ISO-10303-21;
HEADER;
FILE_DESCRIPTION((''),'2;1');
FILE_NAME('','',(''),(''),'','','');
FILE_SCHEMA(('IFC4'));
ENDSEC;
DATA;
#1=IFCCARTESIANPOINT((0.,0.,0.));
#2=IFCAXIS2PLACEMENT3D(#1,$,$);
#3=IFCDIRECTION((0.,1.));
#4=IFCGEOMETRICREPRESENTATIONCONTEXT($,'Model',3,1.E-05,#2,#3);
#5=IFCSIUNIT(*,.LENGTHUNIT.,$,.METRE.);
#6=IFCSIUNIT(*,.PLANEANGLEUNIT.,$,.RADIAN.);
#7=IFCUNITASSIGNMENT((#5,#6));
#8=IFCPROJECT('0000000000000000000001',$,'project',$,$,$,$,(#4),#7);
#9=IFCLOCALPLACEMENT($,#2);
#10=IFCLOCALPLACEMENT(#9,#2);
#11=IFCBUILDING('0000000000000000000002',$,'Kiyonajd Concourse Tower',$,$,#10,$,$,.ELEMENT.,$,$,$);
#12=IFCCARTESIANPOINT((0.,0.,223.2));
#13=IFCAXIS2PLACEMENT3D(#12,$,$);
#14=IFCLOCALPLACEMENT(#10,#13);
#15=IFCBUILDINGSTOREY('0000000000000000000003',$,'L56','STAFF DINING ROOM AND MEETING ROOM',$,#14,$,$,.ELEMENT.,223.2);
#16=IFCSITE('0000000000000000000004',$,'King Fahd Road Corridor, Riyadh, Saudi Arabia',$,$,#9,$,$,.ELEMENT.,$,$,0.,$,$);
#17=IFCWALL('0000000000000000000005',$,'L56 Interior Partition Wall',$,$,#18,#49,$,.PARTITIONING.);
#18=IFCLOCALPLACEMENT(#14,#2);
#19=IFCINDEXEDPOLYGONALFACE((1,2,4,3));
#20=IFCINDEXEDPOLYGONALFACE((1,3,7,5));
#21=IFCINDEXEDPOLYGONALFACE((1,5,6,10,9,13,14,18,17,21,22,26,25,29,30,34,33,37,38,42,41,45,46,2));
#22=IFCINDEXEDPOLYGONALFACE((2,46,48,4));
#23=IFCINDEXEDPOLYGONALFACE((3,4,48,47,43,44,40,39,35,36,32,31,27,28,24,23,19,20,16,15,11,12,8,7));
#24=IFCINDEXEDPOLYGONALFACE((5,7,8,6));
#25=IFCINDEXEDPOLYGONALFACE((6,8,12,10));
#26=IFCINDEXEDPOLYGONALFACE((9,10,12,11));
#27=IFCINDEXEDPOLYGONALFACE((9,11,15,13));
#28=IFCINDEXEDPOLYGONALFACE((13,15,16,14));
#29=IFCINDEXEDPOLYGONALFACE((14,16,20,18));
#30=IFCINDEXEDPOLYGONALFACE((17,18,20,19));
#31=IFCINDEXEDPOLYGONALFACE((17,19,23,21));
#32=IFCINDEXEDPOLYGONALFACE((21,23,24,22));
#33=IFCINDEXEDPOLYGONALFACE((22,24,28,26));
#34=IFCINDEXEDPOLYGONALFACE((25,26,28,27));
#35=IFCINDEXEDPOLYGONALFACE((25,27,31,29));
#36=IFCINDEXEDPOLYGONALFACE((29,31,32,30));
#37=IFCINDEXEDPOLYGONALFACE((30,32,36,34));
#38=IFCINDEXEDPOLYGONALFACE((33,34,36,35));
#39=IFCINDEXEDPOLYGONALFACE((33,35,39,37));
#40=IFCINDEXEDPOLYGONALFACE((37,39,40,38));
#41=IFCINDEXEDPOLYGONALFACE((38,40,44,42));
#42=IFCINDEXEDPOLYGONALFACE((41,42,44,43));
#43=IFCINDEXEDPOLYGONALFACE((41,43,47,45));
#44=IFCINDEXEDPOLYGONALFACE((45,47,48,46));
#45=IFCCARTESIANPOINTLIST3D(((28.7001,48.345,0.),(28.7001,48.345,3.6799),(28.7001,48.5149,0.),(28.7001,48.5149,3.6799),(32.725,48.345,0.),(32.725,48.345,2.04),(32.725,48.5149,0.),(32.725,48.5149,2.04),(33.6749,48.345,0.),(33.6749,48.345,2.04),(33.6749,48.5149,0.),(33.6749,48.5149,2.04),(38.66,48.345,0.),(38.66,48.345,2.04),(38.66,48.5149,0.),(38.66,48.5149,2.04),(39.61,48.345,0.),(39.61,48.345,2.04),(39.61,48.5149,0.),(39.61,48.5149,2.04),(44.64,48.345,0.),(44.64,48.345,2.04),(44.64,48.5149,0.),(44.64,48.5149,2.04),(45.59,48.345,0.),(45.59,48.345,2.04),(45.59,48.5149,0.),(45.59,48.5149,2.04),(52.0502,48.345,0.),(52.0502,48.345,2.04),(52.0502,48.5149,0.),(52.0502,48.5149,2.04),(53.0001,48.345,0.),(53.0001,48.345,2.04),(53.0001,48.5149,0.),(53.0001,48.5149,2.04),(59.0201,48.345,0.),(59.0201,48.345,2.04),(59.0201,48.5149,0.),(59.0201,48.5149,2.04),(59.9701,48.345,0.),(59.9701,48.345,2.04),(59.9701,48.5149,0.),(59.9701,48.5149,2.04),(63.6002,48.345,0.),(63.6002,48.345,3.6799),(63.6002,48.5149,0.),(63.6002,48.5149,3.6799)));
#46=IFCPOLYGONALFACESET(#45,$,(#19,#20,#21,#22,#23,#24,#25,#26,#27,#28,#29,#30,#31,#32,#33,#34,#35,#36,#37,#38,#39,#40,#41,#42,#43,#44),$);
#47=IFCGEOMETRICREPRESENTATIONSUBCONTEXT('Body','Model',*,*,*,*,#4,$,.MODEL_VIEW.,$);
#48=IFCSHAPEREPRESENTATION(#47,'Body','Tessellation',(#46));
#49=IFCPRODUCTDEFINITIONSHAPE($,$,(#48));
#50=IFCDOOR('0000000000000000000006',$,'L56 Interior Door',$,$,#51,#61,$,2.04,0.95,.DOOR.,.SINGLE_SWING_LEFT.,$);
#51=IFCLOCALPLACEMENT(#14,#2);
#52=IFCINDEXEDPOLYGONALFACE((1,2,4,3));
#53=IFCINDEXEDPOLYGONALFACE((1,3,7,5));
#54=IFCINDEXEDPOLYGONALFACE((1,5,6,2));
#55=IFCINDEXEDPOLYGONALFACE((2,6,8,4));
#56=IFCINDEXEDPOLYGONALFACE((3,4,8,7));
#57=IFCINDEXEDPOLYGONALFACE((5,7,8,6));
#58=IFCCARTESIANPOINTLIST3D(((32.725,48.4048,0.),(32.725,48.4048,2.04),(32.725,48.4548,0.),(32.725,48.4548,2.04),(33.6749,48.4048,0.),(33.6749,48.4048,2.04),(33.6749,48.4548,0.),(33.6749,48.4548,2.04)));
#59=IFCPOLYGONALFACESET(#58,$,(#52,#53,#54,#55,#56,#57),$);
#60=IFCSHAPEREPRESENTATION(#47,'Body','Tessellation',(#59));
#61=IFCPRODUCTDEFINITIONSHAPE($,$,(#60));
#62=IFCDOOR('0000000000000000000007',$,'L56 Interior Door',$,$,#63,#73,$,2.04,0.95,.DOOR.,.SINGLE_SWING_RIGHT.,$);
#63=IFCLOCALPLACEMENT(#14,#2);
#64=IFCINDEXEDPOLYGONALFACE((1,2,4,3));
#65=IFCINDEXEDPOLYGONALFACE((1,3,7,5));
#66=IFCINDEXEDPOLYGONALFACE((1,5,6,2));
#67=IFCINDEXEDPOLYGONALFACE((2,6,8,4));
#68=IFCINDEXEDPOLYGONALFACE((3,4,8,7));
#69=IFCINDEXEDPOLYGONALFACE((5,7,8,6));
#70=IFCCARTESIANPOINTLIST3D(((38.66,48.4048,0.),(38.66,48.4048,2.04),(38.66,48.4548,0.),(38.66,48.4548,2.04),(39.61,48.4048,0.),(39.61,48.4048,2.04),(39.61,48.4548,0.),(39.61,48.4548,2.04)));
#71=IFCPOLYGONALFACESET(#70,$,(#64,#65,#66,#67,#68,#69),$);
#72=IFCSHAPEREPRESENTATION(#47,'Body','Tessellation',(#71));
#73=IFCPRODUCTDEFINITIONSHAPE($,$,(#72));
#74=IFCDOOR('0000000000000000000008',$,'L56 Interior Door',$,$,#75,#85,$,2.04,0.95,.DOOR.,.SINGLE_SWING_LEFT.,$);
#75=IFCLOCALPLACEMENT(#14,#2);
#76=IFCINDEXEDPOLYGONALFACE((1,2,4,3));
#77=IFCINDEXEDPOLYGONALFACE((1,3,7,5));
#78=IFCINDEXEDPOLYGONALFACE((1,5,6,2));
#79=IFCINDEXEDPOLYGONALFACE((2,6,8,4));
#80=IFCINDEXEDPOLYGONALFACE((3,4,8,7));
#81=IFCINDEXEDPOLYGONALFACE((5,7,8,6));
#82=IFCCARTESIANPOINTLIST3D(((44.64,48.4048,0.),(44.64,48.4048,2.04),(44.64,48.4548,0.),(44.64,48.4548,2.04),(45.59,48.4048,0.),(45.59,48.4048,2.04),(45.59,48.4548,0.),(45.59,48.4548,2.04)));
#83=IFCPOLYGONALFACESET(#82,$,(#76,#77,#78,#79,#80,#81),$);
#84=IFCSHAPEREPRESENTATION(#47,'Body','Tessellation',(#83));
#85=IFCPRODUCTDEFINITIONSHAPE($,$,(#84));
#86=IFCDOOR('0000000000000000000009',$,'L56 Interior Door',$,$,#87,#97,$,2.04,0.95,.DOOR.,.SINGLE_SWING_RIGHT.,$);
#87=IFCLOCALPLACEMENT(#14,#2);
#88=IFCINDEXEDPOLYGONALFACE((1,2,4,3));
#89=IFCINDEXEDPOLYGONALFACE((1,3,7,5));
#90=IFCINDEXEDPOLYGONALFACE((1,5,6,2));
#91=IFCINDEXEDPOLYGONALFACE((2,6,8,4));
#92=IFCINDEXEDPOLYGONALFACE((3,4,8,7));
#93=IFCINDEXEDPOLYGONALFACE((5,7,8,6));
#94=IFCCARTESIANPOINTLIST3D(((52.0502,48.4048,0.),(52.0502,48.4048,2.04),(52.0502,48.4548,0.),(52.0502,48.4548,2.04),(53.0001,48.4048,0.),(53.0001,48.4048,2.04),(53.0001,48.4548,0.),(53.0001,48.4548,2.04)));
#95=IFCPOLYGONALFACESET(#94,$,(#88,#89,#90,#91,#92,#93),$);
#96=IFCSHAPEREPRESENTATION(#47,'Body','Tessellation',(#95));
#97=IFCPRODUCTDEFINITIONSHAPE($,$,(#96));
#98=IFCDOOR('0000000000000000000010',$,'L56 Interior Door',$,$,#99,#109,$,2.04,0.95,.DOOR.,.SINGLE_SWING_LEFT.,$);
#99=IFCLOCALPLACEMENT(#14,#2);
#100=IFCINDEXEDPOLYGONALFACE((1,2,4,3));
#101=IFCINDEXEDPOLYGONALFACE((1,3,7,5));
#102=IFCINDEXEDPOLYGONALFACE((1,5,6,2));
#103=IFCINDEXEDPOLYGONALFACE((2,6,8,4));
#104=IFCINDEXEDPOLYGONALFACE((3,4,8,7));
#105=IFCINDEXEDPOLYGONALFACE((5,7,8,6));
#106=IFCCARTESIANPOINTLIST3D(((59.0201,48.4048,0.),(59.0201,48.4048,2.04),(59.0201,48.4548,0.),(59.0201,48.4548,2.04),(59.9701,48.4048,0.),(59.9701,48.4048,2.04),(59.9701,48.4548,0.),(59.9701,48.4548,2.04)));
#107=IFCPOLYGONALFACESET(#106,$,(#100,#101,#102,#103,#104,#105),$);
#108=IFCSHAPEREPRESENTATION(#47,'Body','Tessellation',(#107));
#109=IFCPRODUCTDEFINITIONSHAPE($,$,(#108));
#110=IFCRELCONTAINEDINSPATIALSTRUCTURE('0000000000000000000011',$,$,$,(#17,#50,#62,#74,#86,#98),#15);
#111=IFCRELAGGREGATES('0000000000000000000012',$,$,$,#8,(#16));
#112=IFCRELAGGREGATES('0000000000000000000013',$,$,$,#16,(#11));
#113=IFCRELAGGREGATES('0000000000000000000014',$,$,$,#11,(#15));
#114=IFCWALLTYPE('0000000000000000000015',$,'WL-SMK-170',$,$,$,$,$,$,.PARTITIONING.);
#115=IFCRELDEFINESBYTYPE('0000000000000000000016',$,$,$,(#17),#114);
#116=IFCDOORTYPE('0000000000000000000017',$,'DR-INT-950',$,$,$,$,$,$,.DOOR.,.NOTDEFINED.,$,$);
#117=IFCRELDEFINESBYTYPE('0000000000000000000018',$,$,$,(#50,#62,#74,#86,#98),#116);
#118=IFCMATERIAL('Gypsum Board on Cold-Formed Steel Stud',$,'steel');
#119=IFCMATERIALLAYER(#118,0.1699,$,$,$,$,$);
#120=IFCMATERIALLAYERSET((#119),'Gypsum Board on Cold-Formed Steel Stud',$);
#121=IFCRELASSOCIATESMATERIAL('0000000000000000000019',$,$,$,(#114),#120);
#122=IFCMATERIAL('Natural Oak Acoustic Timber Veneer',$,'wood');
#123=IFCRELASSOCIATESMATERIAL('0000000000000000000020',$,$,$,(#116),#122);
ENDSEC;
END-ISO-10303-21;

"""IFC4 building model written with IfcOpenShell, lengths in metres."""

from ifc_helpers import new_model, si_unit, direction, frame, frame_2d, origin, place, context, subcontext, project, spatial, rectangle, extrude, material, layer, layer_set, type_object, element, fill, save


model = new_model("IFC4")

# Units and contexts
model_context = context("Model", 3, precision=1e-05, world=origin(), true_north=direction((0.0, 1.0)))
body_context = subcontext(model_context, "Body", "Model", "MODEL_VIEW")
ifc_project = project(units=[si_unit("LENGTHUNIT", "METRE"), si_unit("PLANEANGLEUNIT", "RADIAN")], contexts=[model_context])

# Site, building, storey
site_placement = place(None, origin())
site = spatial("IfcSite", under=ifc_project, at=site_placement, Name="King Fahd Road Corridor, Riyadh, Saudi Arabia", CompositionType="ELEMENT", RefElevation=0.0)
building_placement = place(site_placement, origin())
building = spatial("IfcBuilding", under=site, at=building_placement, Name="Kiyonajd Concourse Tower", CompositionType="ELEMENT")
storey_placement = place(building_placement, frame((0.0, 0.0, 223.2)))
storey = spatial("IfcBuildingStorey", under=building, at=storey_placement, Name="L56", Description="STAFF DINING ROOM AND MEETING ROOM", CompositionType="ELEMENT", Elevation=223.2)

# Shared definitions
ifc_material_1 = material(Name="Gypsum Board on Cold-Formed Steel Stud", Category="steel")

# Wall, openings, doors
ifc_layer_1 = layer(ifc_material_1, 0.1699)
ifc_layer_set_1 = layer_set([ifc_layer_1], Name="Gypsum Board on Cold-Formed Steel Stud")
wall_type_1 = type_object("IfcWallType", Name="WL-SMK-170", PredefinedType="PARTITIONING", material=ifc_layer_set_1)
wall_1_placement = place(storey_placement, frame((28.7, 48.4299, 0.0), z_axis=(0.0, 0.0, 1.0), x_axis=(1.0, 0.0, 0.0)))
wall_1 = element("IfcWall", 1, at=wall_1_placement, inside=storey, type_object=wall_type_1, Name="L56 Interior Partition Wall", PredefinedType="PARTITIONING", context=body_context, shape_type="SweptSolid", body=[
    extrude(rectangle(XDim=34.9001, YDim=0.1699, at=frame_2d((17.4502, 0.0))), origin(), (0.0, 0.0, 1.0), 3.6799),
])
opening_1_placement = place(wall_1_placement, frame((4.0249, 0.0, 0.0)))
opening_1 = element("IfcOpeningElement", 2, at=opening_1_placement, cuts=wall_1, PredefinedType="OPENING", context=body_context, shape_type="SweptSolid", body=[
    extrude(rectangle(XDim=0.95, YDim=2.04, at=frame_2d((0.4751, 1.02))), frame((0.0, 0.095, 0.0), z_axis=(0.0, -1.0, 0.0), x_axis=(1.0, 0.0, 0.0)), (0.0, 0.0, 1.0), 0.1899),
])
opening_2_placement = place(wall_1_placement, frame((9.96, 0.0, 0.0)))
opening_2 = element("IfcOpeningElement", 3, at=opening_2_placement, cuts=wall_1, PredefinedType="OPENING", context=body_context, shape_type="SweptSolid", body=[
    extrude(rectangle(XDim=0.95, YDim=2.04, at=frame_2d((0.4751, 1.02))), frame((0.0, 0.095, 0.0), z_axis=(0.0, -1.0, 0.0), x_axis=(1.0, 0.0, 0.0)), (0.0, 0.0, 1.0), 0.1899),
])
opening_3_placement = place(wall_1_placement, frame((15.9399, 0.0, 0.0)))
opening_3 = element("IfcOpeningElement", 4, at=opening_3_placement, cuts=wall_1, PredefinedType="OPENING", context=body_context, shape_type="SweptSolid", body=[
    extrude(rectangle(XDim=0.95, YDim=2.04, at=frame_2d((0.4751, 1.02))), frame((0.0, 0.095, 0.0), z_axis=(0.0, -1.0, 0.0), x_axis=(1.0, 0.0, 0.0)), (0.0, 0.0, 1.0), 0.1899),
])
opening_4_placement = place(wall_1_placement, frame((23.3501, 0.0, 0.0)))
opening_4 = element("IfcOpeningElement", 5, at=opening_4_placement, cuts=wall_1, PredefinedType="OPENING", context=body_context, shape_type="SweptSolid", body=[
    extrude(rectangle(XDim=0.95, YDim=2.04, at=frame_2d((0.4751, 1.02))), frame((0.0, 0.095, 0.0), z_axis=(0.0, -1.0, 0.0), x_axis=(1.0, 0.0, 0.0)), (0.0, 0.0, 1.0), 0.1899),
])
opening_5_placement = place(wall_1_placement, frame((30.3201, 0.0, 0.0)))
opening_5 = element("IfcOpeningElement", 6, at=opening_5_placement, cuts=wall_1, PredefinedType="OPENING", context=body_context, shape_type="SweptSolid", body=[
    extrude(rectangle(XDim=0.95, YDim=2.04, at=frame_2d((0.4751, 1.02))), frame((0.0, 0.095, 0.0), z_axis=(0.0, -1.0, 0.0), x_axis=(1.0, 0.0, 0.0)), (0.0, 0.0, 1.0), 0.1899),
])
ifc_material_2 = material(Name="Natural Oak Acoustic Timber Veneer", Category="wood")
door_type = type_object("IfcDoorType", Name="DR-INT-950", OperationType="NOTDEFINED", PredefinedType="DOOR", material=ifc_material_2)
door_1_placement = place(opening_1_placement, origin())
door_1 = element("IfcDoor", 7, at=door_1_placement, inside=storey, type_object=door_type, Name="L56 Interior Door", OperationType="SINGLE_SWING_LEFT", OverallHeight=2.04, OverallWidth=0.95, PredefinedType="DOOR", context=body_context, shape_type="SweptSolid", body=[
    extrude(rectangle(XDim=0.95, YDim=2.04, at=frame_2d((0.4751, 1.02))), frame((0.0, 0.0249, 0.0), z_axis=(0.0, -1.0, 0.0), x_axis=(1.0, 0.0, 0.0)), (0.0, 0.0, 1.0), 0.05),
])
fill(opening_1, door_1)
door_2_placement = place(opening_2_placement, origin())
door_2 = element("IfcDoor", 8, at=door_2_placement, inside=storey, type_object=door_type, Name="L56 Interior Door", OperationType="SINGLE_SWING_RIGHT", OverallHeight=2.04, OverallWidth=0.95, PredefinedType="DOOR", context=body_context, shape_type="SweptSolid", body=[
    extrude(rectangle(XDim=0.95, YDim=2.04, at=frame_2d((0.4751, 1.02))), frame((0.0, 0.0249, 0.0), z_axis=(0.0, -1.0, 0.0), x_axis=(1.0, 0.0, 0.0)), (0.0, 0.0, 1.0), 0.05),
])
fill(opening_2, door_2)
door_3_placement = place(opening_3_placement, origin())
door_3 = element("IfcDoor", 9, at=door_3_placement, inside=storey, type_object=door_type, Name="L56 Interior Door", OperationType="SINGLE_SWING_LEFT", OverallHeight=2.04, OverallWidth=0.95, PredefinedType="DOOR", context=body_context, shape_type="SweptSolid", body=[
    extrude(rectangle(XDim=0.95, YDim=2.04, at=frame_2d((0.4751, 1.02))), frame((0.0, 0.0249, 0.0), z_axis=(0.0, -1.0, 0.0), x_axis=(1.0, 0.0, 0.0)), (0.0, 0.0, 1.0), 0.05),
])
fill(opening_3, door_3)
door_4_placement = place(opening_4_placement, origin())
door_4 = element("IfcDoor", 10, at=door_4_placement, inside=storey, type_object=door_type, Name="L56 Interior Door", OperationType="SINGLE_SWING_RIGHT", OverallHeight=2.04, OverallWidth=0.95, PredefinedType="DOOR", context=body_context, shape_type="SweptSolid", body=[
    extrude(rectangle(XDim=0.95, YDim=2.04, at=frame_2d((0.4751, 1.02))), frame((0.0, 0.0249, 0.0), z_axis=(0.0, -1.0, 0.0), x_axis=(1.0, 0.0, 0.0)), (0.0, 0.0, 1.0), 0.05),
])
fill(opening_4, door_4)
door_5_placement = place(opening_5_placement, origin())
door_5 = element("IfcDoor", 11, at=door_5_placement, inside=storey, type_object=door_type, Name="L56 Interior Door", OperationType="SINGLE_SWING_LEFT", OverallHeight=2.04, OverallWidth=0.95, PredefinedType="DOOR", context=body_context, shape_type="SweptSolid", body=[
    extrude(rectangle(XDim=0.95, YDim=2.04, at=frame_2d((0.4751, 1.02))), frame((0.0, 0.0249, 0.0), z_axis=(0.0, -1.0, 0.0), x_axis=(1.0, 0.0, 0.0)), (0.0, 0.0, 1.0), 0.05),
])
fill(opening_5, door_5)

save(model, "model.ifc")
